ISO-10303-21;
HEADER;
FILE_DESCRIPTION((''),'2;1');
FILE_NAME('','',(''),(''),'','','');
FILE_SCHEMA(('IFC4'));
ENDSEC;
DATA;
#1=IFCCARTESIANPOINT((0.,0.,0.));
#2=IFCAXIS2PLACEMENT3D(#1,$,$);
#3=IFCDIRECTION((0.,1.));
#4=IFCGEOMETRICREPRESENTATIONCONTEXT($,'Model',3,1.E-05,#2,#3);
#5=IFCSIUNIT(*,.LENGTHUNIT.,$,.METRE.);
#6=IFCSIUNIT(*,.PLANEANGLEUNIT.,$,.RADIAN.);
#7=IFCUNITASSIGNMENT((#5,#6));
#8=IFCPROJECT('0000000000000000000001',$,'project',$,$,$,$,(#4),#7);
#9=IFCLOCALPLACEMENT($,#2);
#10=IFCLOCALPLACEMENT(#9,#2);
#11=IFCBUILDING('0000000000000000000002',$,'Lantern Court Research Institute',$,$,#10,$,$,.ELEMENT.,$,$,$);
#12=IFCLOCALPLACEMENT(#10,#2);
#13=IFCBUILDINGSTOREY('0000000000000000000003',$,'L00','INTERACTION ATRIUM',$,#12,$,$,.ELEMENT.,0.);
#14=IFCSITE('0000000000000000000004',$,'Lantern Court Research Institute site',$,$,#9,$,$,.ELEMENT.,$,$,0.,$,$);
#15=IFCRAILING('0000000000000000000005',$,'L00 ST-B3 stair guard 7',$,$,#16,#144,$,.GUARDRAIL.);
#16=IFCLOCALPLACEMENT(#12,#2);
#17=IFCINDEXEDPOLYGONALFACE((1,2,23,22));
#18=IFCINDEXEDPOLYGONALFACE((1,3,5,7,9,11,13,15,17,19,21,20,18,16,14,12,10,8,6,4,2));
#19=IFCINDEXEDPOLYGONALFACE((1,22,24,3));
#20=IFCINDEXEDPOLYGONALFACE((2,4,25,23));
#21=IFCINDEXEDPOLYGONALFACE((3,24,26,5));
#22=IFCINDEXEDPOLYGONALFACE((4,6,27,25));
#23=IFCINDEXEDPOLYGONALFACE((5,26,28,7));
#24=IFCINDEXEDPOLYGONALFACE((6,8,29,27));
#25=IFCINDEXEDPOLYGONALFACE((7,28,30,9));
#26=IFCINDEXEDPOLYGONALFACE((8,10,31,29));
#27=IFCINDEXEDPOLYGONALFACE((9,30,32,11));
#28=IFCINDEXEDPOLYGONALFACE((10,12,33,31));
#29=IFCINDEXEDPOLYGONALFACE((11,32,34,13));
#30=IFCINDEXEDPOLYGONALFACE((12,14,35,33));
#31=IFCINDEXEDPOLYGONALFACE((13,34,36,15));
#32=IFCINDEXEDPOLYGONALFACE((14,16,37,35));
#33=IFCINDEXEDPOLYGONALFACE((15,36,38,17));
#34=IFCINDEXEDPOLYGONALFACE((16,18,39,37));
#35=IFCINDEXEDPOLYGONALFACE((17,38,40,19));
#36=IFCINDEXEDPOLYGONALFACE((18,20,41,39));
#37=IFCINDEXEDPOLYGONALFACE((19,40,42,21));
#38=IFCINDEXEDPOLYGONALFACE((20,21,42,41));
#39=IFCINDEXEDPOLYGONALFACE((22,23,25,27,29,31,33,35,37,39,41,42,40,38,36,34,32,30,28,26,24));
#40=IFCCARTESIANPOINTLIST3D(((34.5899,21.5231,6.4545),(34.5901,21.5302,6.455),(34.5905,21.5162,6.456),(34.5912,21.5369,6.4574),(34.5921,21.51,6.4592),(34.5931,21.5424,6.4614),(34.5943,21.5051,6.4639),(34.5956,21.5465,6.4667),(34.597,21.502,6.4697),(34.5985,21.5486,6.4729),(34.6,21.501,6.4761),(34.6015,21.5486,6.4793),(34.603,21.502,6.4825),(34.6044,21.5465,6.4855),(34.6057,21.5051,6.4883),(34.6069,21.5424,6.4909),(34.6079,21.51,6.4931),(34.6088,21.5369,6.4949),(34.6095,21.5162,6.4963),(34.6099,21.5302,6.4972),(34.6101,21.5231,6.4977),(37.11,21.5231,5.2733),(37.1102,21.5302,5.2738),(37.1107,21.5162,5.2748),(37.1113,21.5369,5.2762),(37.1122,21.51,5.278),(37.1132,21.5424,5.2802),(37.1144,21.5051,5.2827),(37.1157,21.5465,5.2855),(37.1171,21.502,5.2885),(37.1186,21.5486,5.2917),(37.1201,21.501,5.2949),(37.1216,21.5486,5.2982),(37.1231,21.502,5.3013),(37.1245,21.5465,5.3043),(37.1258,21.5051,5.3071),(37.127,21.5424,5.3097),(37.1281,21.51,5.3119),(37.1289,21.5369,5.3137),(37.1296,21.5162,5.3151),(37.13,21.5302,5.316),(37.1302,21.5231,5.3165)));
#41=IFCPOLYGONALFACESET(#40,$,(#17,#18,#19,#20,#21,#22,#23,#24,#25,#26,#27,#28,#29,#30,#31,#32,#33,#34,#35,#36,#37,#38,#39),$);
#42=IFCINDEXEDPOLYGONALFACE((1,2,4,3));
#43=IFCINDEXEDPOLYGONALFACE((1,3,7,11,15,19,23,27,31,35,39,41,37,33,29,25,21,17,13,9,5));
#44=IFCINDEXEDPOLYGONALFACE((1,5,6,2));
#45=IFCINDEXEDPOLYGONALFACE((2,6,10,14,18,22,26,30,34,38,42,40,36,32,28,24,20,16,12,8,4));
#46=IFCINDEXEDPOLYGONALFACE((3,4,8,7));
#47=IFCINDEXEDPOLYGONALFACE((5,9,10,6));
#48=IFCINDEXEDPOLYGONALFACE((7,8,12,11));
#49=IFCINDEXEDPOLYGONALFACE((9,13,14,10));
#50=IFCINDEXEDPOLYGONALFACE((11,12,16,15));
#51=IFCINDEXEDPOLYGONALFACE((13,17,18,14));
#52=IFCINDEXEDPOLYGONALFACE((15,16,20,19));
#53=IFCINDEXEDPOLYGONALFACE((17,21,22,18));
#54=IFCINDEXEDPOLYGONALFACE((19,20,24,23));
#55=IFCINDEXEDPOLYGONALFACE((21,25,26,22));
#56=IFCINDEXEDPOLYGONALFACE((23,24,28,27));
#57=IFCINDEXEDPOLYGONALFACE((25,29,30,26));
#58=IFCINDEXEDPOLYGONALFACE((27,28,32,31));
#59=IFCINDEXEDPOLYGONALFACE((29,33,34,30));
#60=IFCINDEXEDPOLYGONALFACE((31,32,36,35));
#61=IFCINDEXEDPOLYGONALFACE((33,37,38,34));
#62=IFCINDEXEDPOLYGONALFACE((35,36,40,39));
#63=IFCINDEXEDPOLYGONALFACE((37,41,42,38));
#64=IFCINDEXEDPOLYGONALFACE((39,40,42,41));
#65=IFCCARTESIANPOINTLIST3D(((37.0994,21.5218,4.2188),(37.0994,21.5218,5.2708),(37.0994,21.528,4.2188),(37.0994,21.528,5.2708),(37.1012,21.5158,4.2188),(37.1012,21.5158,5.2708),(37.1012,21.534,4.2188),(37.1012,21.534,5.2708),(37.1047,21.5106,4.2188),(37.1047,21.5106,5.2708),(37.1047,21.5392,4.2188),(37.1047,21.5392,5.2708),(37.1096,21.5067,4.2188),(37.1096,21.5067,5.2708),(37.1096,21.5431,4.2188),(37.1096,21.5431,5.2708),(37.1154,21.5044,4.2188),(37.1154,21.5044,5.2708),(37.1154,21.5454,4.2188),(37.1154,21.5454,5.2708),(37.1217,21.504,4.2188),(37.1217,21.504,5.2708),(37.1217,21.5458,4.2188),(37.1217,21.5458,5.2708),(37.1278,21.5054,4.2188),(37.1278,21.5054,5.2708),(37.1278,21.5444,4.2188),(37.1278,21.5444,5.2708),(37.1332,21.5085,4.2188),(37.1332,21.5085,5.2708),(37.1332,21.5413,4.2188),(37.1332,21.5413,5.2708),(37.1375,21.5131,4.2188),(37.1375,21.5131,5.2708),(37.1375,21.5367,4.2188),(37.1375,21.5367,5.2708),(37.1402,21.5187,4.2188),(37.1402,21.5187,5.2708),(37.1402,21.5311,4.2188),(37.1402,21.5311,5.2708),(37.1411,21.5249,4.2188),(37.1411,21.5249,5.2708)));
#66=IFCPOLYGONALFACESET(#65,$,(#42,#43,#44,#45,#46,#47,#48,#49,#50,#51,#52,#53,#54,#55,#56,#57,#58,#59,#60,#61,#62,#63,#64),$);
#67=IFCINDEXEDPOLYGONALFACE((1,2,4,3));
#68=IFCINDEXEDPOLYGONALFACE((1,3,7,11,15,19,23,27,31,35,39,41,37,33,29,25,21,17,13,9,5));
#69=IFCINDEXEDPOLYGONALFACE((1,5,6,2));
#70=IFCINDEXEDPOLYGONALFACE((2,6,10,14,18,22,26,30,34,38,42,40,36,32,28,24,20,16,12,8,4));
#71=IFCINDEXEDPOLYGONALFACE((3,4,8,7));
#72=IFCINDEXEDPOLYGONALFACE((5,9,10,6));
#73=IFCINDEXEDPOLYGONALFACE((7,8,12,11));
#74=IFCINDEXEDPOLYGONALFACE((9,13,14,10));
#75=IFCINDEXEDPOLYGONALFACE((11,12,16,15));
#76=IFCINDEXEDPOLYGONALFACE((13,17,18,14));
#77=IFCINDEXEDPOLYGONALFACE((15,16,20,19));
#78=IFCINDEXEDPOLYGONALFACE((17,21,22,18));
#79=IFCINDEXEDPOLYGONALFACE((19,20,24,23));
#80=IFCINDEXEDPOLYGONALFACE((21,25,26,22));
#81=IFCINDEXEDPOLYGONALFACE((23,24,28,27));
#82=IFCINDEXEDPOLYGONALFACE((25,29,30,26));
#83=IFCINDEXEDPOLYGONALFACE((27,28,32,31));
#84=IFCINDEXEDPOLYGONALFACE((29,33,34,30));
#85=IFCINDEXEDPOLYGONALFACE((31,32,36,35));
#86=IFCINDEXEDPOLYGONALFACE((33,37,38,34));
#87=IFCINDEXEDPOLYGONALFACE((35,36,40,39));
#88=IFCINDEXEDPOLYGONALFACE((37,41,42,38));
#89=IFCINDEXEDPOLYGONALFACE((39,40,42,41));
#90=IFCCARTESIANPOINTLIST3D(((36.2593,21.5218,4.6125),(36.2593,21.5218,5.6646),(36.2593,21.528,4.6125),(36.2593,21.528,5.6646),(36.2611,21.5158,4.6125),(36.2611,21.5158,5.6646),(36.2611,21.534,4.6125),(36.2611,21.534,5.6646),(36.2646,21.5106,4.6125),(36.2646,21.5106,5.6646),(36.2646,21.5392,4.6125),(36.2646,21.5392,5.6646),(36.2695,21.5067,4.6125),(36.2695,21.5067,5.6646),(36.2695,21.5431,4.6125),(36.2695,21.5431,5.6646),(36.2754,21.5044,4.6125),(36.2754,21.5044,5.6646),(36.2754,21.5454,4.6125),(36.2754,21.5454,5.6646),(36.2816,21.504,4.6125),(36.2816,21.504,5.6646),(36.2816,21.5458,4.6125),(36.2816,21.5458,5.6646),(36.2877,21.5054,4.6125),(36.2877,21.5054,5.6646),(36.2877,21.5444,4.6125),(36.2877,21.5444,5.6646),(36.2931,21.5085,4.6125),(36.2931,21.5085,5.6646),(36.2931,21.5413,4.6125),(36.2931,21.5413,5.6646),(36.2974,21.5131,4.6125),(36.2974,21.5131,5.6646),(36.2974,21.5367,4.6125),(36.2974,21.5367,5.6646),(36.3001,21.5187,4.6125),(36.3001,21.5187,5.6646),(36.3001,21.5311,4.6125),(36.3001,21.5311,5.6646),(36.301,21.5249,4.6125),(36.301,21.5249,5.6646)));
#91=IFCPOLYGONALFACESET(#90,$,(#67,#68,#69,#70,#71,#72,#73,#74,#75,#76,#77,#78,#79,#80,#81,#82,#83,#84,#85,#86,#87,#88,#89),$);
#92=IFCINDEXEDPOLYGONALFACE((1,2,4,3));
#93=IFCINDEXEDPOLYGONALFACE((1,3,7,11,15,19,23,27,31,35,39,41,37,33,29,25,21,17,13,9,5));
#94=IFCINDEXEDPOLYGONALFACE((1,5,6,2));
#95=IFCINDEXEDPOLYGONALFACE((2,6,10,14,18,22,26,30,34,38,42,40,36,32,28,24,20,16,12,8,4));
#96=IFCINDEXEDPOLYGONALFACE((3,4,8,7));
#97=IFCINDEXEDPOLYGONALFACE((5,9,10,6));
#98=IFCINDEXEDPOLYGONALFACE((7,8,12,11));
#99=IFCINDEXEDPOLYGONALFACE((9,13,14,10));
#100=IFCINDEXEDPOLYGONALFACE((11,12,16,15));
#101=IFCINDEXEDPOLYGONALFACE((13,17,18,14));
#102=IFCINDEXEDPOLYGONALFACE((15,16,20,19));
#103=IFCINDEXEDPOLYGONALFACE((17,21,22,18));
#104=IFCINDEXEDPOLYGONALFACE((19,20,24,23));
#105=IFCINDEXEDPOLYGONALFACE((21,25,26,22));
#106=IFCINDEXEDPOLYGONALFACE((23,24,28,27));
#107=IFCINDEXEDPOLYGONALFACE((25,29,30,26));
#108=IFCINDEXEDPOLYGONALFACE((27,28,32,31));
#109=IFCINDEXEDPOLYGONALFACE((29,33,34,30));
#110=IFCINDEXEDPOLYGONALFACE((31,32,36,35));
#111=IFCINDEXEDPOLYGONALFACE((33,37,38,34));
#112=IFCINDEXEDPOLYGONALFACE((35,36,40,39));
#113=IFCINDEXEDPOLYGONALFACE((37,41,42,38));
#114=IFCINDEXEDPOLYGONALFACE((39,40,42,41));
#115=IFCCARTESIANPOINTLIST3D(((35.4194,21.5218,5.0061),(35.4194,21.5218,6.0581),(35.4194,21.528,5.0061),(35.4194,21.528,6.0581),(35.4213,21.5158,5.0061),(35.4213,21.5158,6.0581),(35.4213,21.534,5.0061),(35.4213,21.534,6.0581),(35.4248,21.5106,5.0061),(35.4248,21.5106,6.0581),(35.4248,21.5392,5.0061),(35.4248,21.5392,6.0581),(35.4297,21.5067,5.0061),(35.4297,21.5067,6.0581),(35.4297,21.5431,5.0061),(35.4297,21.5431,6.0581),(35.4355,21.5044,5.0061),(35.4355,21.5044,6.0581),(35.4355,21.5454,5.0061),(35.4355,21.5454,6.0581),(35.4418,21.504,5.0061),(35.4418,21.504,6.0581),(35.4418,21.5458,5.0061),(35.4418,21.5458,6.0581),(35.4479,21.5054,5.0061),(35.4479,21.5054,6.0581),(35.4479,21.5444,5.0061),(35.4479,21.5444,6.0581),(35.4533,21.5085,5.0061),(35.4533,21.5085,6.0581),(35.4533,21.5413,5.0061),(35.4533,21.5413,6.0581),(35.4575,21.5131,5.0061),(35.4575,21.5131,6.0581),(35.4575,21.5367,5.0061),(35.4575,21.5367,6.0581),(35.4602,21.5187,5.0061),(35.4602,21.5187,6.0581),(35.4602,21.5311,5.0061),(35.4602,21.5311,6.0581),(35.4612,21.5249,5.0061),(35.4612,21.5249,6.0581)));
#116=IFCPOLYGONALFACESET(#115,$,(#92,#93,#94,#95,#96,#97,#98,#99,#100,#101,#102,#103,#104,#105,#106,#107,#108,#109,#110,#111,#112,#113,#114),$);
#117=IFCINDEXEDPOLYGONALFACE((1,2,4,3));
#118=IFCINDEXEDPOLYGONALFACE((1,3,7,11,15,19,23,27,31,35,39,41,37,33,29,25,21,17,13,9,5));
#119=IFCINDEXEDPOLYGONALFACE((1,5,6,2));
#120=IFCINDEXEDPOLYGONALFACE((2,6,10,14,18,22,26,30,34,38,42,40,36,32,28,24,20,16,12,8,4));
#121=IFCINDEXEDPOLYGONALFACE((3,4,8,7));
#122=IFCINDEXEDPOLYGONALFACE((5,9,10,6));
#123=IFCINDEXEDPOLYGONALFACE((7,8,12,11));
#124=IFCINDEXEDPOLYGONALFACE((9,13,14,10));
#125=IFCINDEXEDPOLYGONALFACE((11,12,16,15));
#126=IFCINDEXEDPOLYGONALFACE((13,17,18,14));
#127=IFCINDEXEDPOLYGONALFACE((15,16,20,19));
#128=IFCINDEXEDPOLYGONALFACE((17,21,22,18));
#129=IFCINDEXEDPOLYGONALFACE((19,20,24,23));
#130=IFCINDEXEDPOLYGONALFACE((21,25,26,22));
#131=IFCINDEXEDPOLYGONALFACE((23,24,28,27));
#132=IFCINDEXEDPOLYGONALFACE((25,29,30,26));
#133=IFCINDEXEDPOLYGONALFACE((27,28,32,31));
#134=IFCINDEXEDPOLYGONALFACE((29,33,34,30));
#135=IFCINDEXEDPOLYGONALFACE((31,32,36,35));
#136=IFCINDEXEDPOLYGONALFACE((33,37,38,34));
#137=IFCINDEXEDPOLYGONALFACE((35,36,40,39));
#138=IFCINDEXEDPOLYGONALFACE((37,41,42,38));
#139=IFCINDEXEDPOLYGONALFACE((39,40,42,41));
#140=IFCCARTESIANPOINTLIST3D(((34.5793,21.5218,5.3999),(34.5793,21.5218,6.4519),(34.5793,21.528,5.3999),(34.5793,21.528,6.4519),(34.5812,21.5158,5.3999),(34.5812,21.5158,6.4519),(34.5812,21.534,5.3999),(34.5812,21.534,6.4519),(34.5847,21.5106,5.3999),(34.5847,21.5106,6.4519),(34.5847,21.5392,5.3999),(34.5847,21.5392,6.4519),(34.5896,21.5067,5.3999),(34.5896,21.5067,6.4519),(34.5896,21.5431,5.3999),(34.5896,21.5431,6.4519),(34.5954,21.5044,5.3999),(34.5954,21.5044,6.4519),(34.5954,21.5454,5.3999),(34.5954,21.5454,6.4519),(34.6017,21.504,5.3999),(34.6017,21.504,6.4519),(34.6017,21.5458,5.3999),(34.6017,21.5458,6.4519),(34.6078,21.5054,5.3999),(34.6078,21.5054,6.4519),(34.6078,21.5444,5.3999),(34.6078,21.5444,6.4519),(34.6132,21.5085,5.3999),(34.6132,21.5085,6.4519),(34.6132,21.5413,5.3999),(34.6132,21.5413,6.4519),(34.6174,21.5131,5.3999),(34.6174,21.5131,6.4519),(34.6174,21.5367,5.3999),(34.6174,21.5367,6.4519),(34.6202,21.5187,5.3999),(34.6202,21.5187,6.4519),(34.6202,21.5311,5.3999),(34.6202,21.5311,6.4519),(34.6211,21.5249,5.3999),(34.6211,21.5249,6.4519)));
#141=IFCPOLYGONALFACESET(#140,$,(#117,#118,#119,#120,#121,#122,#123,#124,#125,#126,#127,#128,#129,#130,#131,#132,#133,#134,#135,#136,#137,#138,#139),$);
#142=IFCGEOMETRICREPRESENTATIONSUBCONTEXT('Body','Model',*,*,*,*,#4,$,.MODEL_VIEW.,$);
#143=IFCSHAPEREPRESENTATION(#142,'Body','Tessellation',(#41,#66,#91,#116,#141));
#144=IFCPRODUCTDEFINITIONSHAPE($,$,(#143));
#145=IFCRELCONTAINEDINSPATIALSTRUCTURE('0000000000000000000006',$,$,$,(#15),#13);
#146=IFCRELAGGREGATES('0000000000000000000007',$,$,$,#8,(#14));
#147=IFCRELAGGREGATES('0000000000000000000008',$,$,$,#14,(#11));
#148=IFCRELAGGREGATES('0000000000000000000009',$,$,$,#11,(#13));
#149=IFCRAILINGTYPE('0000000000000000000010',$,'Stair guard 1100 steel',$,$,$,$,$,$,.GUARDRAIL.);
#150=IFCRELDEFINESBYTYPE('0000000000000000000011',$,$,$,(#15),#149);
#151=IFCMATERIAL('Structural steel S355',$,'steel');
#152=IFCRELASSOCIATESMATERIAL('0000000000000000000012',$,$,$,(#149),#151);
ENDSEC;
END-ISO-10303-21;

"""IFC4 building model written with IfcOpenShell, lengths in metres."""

from ifc_helpers import new_model, si_unit, direction, frame, origin, origin_2d, place, context, subcontext, project, spatial, circle, extrude, material, type_object, element, save


model = new_model("IFC4")

# Units and contexts
model_context = context("Model", 3, precision=1e-05, world=origin(), true_north=direction((0.0, 1.0)))
body_context = subcontext(model_context, "Body", "Model", "MODEL_VIEW")
ifc_project = project(units=[si_unit("LENGTHUNIT", "METRE"), si_unit("PLANEANGLEUNIT", "RADIAN")], contexts=[model_context])

# Site, building, storey
site_placement = place(None, origin())
site = spatial("IfcSite", under=ifc_project, at=site_placement, Name="Lantern Court Research Institute site", CompositionType="ELEMENT", RefElevation=0.0)
building_placement = place(site_placement, origin())
building = spatial("IfcBuilding", under=site, at=building_placement, Name="Lantern Court Research Institute", CompositionType="ELEMENT")
storey_placement = place(building_placement, origin())
storey = spatial("IfcBuildingStorey", under=building, at=storey_placement, Name="L00", Description="INTERACTION ATRIUM", CompositionType="ELEMENT", Elevation=0.0)

# Railing
ifc_material_1 = material(Name="Structural steel S355", Category="steel")
railing_type_1 = type_object("IfcRailingType", Name="Stair guard 1100 steel", PredefinedType="GUARDRAIL", material=ifc_material_1)
railing_1_placement = place(storey_placement, frame((37.1201, 21.5249, 4.2188)))
element("IfcRailing", 1, at=railing_1_placement, inside=storey, type_object=railing_type_1, Name="L00 ST-B3 stair guard 7", PredefinedType="GUARDRAIL", context=body_context, shape_type="SweptSolid", body=[
    extrude(circle(Radius=0.0239, at=origin_2d()), frame((0.0, 0.0, 1.0762), z_axis=(-0.905474, 0.0, 0.424402), x_axis=(0.0, -1.0, 0.0)), (0.0, 0.0, 1.0), 2.7832),
    extrude(circle(Radius=0.021, at=origin_2d()), origin(), (0.0, 0.0, 1.0), 1.052),
    extrude(circle(Radius=0.021, at=origin_2d()), frame((-0.8401, 0.0, 0.3938)), (0.0, 0.0, 1.0), 1.052),
    extrude(circle(Radius=0.021, at=origin_2d()), frame((-1.6799, 0.0, 0.7874)), (0.0, 0.0, 1.0), 1.052),
    extrude(circle(Radius=0.021, at=origin_2d()), frame((-2.52, 0.0, 1.1812)), (0.0, 0.0, 1.0), 1.052),
])

save(model, "model.ifc")
